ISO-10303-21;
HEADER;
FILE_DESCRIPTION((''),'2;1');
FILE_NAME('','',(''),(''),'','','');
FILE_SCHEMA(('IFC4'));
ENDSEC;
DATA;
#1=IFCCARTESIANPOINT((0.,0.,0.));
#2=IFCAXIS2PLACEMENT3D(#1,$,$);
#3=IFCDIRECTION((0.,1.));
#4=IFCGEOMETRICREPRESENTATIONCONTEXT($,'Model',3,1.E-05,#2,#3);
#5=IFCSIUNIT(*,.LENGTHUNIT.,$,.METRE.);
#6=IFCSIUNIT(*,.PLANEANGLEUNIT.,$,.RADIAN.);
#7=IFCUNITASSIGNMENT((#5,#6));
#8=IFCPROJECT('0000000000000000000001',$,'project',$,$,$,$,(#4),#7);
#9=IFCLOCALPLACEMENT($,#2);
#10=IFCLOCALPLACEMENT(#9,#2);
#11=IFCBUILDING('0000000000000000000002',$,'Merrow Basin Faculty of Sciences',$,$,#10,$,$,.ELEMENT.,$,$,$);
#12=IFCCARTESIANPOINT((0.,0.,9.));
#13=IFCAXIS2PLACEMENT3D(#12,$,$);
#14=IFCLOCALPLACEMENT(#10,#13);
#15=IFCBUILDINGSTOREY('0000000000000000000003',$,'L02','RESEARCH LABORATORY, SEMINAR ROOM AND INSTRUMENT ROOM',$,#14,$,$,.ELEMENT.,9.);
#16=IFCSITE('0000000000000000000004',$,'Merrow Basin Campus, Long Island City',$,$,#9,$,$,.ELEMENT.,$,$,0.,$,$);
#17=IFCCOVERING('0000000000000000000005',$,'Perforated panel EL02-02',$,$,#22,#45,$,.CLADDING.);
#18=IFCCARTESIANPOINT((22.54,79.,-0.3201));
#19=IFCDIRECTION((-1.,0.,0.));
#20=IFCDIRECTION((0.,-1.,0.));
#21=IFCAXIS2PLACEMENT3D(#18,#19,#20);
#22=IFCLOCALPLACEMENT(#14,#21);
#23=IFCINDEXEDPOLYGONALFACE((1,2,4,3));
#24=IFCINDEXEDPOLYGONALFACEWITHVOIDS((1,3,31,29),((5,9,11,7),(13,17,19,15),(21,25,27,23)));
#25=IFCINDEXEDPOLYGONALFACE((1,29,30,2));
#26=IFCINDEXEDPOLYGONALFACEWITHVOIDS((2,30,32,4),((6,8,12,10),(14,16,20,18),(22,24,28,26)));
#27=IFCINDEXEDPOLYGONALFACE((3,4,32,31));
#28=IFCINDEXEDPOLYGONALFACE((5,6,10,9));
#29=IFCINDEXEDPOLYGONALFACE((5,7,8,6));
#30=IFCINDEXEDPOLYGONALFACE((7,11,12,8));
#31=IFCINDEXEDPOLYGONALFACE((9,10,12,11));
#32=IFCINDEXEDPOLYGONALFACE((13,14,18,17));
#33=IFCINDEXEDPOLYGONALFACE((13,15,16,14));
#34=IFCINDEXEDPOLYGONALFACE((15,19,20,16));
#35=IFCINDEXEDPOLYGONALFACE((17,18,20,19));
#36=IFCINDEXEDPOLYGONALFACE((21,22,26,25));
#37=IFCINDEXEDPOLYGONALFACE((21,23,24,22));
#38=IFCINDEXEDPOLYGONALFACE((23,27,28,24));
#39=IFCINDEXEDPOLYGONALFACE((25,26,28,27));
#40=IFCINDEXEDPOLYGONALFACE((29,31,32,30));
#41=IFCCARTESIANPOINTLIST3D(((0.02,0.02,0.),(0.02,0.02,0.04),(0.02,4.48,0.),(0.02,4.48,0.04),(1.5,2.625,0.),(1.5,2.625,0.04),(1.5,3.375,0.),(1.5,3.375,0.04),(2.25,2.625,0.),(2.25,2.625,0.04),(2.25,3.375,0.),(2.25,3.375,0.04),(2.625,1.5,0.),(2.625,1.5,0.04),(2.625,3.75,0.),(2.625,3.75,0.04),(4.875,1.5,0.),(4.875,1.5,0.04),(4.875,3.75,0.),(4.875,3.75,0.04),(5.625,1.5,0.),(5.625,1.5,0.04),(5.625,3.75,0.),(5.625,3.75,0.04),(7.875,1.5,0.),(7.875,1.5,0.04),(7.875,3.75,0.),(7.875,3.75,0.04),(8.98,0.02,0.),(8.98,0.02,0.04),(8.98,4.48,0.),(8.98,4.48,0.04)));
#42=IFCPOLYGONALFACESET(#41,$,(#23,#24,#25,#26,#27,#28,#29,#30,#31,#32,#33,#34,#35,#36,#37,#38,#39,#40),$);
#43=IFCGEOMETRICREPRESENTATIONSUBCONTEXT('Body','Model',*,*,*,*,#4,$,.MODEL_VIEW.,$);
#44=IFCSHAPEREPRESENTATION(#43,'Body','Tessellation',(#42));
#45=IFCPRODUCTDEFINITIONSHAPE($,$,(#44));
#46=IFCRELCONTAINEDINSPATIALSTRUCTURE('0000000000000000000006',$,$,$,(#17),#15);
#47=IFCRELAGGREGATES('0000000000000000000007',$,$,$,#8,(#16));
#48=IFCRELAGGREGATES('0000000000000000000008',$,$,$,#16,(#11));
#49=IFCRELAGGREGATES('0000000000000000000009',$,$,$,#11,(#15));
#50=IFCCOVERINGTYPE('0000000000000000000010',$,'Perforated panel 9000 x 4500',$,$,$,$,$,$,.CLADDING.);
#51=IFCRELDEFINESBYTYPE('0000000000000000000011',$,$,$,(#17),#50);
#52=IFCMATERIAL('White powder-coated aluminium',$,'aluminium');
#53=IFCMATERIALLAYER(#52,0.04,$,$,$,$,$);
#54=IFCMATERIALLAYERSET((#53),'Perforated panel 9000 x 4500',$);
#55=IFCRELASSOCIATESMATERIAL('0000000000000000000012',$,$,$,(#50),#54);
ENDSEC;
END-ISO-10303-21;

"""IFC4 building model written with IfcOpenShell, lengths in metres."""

from ifc_helpers import new_model, si_unit, direction, frame, origin, place, context, subcontext, project, spatial, polyline, outline, extrude, source, transform, mapped, material, layer, layer_set, type_object, element, save


model = new_model("IFC4")

# Units and contexts
model_context = context("Model", 3, precision=1e-05, world=origin(), true_north=direction((0.0, 1.0)))
body_context = subcontext(model_context, "Body", "Model", "MODEL_VIEW")
ifc_project = project(units=[si_unit("LENGTHUNIT", "METRE"), si_unit("PLANEANGLEUNIT", "RADIAN")], contexts=[model_context])

# Site, building, storey
site_placement = place(None, origin())
site = spatial("IfcSite", under=ifc_project, at=site_placement, Name="Merrow Basin Campus, Long Island City", CompositionType="ELEMENT", RefElevation=0.0)
building_placement = place(site_placement, origin())
building = spatial("IfcBuilding", under=site, at=building_placement, Name="Merrow Basin Faculty of Sciences", CompositionType="ELEMENT")
storey_placement = place(building_placement, frame((0.0, 0.0, 9.0)))
storey = spatial("IfcBuildingStorey", under=building, at=storey_placement, Name="L02", Description="RESEARCH LABORATORY, SEMINAR ROOM AND INSTRUMENT ROOM", CompositionType="ELEMENT", Elevation=9.0)

# Covering
ifc_material_1 = material(Name="White powder-coated aluminium", Category="aluminium")
ifc_layer_1 = layer(ifc_material_1, 0.04)
ifc_layer_set_1 = layer_set([ifc_layer_1], Name="Perforated panel 9000 x 4500")
covering_type = type_object("IfcCoveringType", Name="Perforated panel 9000 x 4500", PredefinedType="CLADDING", material=ifc_layer_set_1)
shared_shape_1 = source(origin(), body_context, "Body", "SweptSolid", [
    extrude(outline(polyline([(0.02, 0.02), (8.98, 0.02), (8.98, 4.48), (0.02, 4.48), (0.02, 0.02)]), holes=[polyline([(5.625, 1.5), (7.875, 1.5), (7.875, 3.75), (5.625, 3.75), (5.625, 1.5)]), polyline([(2.625, 1.5), (4.875, 1.5), (4.875, 3.75), (2.625, 3.75), (2.625, 1.5)]), polyline([(1.5, 2.625), (2.25, 2.625), (2.25, 3.375), (1.5, 3.375), (1.5, 2.625)])]), origin(), (0.0, 0.0, 1.0), 0.04),
])
covering_1_placement = place(storey_placement, frame((22.54, 79.0, -0.3201), z_axis=(-1.0, 0.0, 0.0), x_axis=(0.0, -1.0, 0.0)))
element("IfcCovering", 1, at=covering_1_placement, inside=storey, type_object=covering_type, Name="Perforated panel EL02-02", PredefinedType="CLADDING", context=body_context, shape_type="MappedRepresentation", body=[
    mapped(shared_shape_1, transform((0.0, 0.0, 0.0), scale=1.0)),
])

save(model, "model.ifc")
